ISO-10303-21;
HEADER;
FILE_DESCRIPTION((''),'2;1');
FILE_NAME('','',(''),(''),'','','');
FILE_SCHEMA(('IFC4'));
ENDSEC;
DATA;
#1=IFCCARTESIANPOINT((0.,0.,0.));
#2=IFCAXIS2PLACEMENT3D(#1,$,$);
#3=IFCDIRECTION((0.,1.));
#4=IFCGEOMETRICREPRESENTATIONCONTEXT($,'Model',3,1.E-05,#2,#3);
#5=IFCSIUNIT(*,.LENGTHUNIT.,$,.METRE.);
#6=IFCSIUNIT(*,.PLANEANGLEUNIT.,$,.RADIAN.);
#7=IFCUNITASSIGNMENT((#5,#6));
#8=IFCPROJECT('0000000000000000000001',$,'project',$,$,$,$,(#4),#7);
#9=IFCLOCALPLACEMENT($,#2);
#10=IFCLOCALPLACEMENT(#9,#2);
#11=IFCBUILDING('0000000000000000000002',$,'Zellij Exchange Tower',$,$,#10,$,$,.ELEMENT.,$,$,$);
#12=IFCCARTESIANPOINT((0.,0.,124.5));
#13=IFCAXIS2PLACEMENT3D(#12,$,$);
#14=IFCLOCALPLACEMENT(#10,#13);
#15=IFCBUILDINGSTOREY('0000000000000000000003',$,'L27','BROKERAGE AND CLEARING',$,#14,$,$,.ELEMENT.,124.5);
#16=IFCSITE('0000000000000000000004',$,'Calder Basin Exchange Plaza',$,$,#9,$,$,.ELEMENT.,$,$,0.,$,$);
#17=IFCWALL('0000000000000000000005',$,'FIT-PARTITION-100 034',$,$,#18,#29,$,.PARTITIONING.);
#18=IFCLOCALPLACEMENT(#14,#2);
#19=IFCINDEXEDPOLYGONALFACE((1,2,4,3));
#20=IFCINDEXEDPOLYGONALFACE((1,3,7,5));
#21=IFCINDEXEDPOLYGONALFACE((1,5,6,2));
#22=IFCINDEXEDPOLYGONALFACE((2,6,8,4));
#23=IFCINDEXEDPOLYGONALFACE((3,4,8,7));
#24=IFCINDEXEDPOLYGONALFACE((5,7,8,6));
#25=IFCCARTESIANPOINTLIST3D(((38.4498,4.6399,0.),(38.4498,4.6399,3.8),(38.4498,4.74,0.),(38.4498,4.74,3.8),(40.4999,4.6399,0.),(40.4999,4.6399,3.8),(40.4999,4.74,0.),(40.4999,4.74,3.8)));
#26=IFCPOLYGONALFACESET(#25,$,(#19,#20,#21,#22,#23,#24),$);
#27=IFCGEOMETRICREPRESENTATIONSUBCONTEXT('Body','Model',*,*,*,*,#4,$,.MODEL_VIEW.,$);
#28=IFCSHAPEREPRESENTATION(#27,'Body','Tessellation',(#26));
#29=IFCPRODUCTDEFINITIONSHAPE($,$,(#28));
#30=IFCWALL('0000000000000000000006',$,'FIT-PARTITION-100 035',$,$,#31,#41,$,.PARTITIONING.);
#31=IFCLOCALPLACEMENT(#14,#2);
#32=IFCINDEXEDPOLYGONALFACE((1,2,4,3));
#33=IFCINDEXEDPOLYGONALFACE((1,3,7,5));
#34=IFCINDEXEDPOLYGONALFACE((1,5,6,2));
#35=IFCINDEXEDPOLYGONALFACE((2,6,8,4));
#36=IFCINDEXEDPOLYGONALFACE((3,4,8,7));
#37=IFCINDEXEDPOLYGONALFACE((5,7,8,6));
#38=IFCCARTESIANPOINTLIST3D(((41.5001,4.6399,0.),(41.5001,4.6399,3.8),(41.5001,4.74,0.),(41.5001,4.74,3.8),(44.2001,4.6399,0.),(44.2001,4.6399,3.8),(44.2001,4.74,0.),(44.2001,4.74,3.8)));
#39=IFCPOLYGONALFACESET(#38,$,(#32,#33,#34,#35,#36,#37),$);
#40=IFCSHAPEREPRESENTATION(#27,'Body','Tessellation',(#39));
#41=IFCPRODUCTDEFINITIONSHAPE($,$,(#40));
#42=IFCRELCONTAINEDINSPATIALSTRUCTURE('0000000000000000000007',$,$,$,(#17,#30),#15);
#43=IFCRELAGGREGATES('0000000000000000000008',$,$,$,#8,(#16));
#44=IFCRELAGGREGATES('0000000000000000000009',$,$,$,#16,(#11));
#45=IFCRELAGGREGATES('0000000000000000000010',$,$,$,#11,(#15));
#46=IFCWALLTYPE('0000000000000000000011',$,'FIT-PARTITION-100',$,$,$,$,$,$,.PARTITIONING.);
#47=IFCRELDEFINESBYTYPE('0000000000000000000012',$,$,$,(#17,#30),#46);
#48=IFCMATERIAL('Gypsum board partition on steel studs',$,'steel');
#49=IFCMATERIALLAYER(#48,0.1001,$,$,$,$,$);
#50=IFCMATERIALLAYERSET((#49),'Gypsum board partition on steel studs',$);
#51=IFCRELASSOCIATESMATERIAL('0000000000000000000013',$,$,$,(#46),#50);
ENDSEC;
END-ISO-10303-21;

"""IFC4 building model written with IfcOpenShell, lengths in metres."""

from ifc_helpers import new_model, si_unit, direction, frame, frame_2d, origin, place, context, subcontext, project, spatial, rectangle, extrude, material, layer, layer_set, type_object, element, save


model = new_model("IFC4")

# Units and contexts
model_context = context("Model", 3, precision=1e-05, world=origin(), true_north=direction((0.0, 1.0)))
body_context = subcontext(model_context, "Body", "Model", "MODEL_VIEW")
ifc_project = project(units=[si_unit("LENGTHUNIT", "METRE"), si_unit("PLANEANGLEUNIT", "RADIAN")], contexts=[model_context])

# Site, building, storey
site_placement = place(None, origin())
site = spatial("IfcSite", under=ifc_project, at=site_placement, Name="Calder Basin Exchange Plaza", CompositionType="ELEMENT", RefElevation=0.0)
building_placement = place(site_placement, origin())
building = spatial("IfcBuilding", under=site, at=building_placement, Name="Zellij Exchange Tower", CompositionType="ELEMENT")
storey_placement = place(building_placement, frame((0.0, 0.0, 124.5)))
storey = spatial("IfcBuildingStorey", under=building, at=storey_placement, Name="L27", Description="BROKERAGE AND CLEARING", CompositionType="ELEMENT", Elevation=124.5)

# Shared definitions
ifc_material_1 = material(Name="Gypsum board partition on steel studs", Category="steel")
ifc_layer_1 = layer(ifc_material_1, 0.1001)
ifc_layer_set_1 = layer_set([ifc_layer_1], Name="Gypsum board partition on steel studs")
wall_type_1 = type_object("IfcWallType", Name="FIT-PARTITION-100", PredefinedType="PARTITIONING", material=ifc_layer_set_1)

# Walls
wall_1_placement = place(storey_placement, frame((38.45, 4.6899, 0.0), z_axis=(0.0, 0.0, 1.0), x_axis=(1.0, 0.0, 0.0)))
element("IfcWall", 1, at=wall_1_placement, inside=storey, type_object=wall_type_1, Name="FIT-PARTITION-100 034", PredefinedType="PARTITIONING", context=body_context, shape_type="SweptSolid", body=[
    extrude(rectangle(XDim=2.05, YDim=0.1001, at=frame_2d((1.0249, 0.0))), origin(), (0.0, 0.0, 1.0), 3.8),
])
wall_2_placement = place(storey_placement, frame((41.5, 4.6899, 0.0), z_axis=(0.0, 0.0, 1.0), x_axis=(1.0, 0.0, 0.0)))
element("IfcWall", 2, at=wall_2_placement, inside=storey, type_object=wall_type_1, Name="FIT-PARTITION-100 035", PredefinedType="PARTITIONING", context=body_context, shape_type="SweptSolid", body=[
    extrude(rectangle(XDim=2.7, YDim=0.1001, at=frame_2d((1.3501, 0.0))), origin(), (0.0, 0.0, 1.0), 3.8),
])

save(model, "model.ifc")
